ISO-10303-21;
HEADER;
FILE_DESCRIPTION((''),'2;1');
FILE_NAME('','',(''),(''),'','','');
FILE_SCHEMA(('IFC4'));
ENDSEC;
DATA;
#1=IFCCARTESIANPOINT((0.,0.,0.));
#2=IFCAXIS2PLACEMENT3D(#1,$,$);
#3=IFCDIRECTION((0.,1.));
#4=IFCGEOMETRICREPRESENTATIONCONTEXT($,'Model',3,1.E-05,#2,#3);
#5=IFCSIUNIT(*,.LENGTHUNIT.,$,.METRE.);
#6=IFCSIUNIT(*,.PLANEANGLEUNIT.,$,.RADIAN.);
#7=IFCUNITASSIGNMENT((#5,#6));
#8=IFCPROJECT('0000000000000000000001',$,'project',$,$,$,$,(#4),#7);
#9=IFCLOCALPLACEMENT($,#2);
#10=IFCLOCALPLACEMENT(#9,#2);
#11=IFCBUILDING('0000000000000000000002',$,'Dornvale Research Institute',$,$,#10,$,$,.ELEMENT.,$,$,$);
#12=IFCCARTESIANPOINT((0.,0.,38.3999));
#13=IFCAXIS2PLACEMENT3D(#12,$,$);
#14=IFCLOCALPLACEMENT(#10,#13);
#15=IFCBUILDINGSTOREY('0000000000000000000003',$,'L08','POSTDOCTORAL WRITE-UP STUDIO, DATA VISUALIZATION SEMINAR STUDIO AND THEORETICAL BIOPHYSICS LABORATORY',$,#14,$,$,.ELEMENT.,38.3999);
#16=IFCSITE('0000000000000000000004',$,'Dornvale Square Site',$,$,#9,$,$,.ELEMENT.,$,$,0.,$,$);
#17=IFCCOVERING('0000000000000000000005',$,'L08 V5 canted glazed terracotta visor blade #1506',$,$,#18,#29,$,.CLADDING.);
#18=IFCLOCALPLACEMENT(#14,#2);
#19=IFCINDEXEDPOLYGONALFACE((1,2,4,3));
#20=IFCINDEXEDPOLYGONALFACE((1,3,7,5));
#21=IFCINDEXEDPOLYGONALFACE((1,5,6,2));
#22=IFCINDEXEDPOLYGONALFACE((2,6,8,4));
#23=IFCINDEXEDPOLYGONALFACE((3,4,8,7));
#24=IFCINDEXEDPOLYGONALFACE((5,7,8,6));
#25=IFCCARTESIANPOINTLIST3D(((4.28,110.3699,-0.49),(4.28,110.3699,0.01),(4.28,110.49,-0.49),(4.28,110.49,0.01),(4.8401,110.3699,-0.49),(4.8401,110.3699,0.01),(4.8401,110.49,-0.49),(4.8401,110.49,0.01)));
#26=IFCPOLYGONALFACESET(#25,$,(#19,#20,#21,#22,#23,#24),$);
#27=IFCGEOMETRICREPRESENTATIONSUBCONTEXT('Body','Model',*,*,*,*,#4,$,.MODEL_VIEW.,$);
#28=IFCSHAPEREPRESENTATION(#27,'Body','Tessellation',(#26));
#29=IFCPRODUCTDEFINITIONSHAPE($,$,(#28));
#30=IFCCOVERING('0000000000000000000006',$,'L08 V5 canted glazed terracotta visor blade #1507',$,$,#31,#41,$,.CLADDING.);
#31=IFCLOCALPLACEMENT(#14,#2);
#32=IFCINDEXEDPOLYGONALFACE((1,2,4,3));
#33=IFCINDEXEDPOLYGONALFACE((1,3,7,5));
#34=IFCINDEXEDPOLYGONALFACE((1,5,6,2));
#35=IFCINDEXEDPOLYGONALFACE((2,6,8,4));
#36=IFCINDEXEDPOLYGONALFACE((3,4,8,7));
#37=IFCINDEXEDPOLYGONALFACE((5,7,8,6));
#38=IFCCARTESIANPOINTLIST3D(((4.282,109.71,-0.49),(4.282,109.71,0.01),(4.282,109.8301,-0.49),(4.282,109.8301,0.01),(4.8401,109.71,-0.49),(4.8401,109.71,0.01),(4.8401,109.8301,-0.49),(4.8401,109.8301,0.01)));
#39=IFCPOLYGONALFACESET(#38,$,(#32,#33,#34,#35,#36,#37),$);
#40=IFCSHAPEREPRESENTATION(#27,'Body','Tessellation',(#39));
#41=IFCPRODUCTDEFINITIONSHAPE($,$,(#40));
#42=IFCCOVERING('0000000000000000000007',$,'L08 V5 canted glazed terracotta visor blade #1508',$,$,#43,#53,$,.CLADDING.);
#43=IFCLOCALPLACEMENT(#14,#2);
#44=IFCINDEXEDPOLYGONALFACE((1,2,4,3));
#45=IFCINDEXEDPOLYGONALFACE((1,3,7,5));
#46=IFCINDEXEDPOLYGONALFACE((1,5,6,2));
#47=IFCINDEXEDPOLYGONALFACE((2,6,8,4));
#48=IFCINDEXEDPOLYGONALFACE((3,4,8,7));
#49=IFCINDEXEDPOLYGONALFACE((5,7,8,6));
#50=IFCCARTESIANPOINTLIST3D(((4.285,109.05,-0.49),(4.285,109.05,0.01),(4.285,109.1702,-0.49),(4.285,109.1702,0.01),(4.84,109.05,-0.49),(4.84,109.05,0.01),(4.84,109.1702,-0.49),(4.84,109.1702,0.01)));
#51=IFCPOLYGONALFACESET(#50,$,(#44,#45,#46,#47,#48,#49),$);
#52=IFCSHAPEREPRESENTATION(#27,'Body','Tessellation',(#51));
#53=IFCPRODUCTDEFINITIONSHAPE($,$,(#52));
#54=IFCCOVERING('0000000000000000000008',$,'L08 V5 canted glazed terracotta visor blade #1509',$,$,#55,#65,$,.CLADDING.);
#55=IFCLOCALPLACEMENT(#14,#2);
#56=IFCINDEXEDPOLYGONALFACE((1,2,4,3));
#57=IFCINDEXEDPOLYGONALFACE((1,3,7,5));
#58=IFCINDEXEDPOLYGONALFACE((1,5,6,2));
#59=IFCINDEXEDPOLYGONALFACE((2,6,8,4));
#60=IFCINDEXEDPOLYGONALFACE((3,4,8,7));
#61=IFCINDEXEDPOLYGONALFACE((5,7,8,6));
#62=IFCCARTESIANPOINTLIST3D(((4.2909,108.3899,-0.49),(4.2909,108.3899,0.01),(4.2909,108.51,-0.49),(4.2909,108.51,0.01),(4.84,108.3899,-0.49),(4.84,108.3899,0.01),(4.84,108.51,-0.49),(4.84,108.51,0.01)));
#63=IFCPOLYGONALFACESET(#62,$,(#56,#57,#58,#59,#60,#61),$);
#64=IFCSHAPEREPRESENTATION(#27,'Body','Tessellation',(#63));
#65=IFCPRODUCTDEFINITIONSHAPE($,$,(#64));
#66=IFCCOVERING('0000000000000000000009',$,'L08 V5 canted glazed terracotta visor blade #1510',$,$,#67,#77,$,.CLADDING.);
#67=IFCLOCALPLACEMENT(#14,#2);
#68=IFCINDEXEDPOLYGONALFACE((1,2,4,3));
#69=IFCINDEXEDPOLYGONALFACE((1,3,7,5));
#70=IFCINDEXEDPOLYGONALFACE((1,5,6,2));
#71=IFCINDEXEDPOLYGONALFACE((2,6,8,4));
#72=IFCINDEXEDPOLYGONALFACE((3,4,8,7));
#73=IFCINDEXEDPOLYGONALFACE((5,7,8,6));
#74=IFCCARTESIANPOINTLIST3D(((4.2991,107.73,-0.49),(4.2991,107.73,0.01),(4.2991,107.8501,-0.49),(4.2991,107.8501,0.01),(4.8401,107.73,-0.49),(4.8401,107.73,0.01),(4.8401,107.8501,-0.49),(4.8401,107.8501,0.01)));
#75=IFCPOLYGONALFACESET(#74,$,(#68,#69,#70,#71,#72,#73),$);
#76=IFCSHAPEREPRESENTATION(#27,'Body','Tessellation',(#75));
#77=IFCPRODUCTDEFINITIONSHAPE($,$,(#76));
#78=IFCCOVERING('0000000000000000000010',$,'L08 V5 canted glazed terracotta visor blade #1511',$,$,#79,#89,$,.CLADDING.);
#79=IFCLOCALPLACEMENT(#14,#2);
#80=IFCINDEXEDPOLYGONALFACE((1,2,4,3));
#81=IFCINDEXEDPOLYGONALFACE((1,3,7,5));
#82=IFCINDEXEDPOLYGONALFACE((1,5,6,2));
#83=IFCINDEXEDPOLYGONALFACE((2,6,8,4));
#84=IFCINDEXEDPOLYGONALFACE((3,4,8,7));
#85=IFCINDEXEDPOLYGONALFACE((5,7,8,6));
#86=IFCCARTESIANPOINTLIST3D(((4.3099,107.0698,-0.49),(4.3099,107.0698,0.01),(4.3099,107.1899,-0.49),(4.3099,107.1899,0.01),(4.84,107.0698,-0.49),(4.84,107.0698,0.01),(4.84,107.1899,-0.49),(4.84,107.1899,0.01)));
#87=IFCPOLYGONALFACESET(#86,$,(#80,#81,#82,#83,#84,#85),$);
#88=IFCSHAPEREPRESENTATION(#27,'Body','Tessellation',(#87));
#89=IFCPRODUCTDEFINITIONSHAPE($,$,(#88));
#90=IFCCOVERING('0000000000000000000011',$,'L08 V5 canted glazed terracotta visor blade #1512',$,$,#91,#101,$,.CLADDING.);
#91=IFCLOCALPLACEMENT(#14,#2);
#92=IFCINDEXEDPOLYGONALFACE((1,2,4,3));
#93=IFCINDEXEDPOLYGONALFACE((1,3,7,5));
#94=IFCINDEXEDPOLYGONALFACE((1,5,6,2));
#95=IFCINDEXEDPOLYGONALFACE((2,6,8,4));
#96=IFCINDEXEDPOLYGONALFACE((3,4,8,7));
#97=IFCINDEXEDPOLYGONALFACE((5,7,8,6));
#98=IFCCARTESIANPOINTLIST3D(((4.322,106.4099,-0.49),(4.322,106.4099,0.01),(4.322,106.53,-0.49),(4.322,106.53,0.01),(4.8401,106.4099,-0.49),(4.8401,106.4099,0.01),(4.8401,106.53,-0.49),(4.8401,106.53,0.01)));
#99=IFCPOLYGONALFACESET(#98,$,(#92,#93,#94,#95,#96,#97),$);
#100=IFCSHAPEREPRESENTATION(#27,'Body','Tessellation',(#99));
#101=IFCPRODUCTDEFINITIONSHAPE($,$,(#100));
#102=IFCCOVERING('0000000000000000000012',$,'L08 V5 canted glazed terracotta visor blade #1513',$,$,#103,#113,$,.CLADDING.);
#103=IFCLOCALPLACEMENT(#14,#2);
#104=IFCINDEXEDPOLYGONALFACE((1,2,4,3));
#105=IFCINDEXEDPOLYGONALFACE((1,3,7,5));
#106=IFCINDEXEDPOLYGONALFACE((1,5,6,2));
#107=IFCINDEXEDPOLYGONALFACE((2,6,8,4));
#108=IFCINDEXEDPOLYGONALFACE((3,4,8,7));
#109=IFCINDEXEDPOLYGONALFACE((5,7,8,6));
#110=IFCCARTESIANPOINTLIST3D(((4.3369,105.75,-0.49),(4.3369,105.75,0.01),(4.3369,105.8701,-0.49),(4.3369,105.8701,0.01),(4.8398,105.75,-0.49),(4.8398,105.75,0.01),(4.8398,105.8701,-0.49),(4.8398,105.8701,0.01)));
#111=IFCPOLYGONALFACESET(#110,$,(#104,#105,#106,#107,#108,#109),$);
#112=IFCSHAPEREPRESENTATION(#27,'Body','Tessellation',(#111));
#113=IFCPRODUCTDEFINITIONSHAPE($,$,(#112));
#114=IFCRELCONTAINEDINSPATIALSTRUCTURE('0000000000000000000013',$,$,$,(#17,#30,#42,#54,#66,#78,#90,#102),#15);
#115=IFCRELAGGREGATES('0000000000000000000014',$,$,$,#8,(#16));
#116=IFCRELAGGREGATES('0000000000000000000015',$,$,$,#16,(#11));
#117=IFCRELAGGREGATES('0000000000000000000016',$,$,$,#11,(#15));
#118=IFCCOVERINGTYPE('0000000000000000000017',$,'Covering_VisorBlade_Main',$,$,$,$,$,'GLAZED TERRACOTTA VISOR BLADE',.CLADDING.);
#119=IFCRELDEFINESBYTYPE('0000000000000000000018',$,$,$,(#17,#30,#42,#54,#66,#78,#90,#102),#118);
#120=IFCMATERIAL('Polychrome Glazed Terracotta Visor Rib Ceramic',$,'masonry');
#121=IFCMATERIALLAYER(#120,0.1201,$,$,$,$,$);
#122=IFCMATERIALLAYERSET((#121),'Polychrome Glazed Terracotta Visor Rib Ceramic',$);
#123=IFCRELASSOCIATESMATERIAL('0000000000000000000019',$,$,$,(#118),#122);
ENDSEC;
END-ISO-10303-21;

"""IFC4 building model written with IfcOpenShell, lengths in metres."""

from ifc_helpers import new_model, si_unit, direction, frame, origin, origin_2d, place, context, subcontext, project, spatial, rectangle, extrude, material, layer, layer_set, type_object, element, save


model = new_model("IFC4")

# Units and contexts
model_context = context("Model", 3, precision=1e-05, world=origin(), true_north=direction((0.0, 1.0)))
body_context = subcontext(model_context, "Body", "Model", "MODEL_VIEW")
ifc_project = project(units=[si_unit("LENGTHUNIT", "METRE"), si_unit("PLANEANGLEUNIT", "RADIAN")], contexts=[model_context])

# Site, building, storey
site_placement = place(None, origin())
site = spatial("IfcSite", under=ifc_project, at=site_placement, Name="Dornvale Square Site", CompositionType="ELEMENT", RefElevation=0.0)
building_placement = place(site_placement, origin())
building = spatial("IfcBuilding", under=site, at=building_placement, Name="Dornvale Research Institute", CompositionType="ELEMENT")
storey_placement = place(building_placement, frame((0.0, 0.0, 38.3999)))
storey = spatial("IfcBuildingStorey", under=building, at=storey_placement, Name="L08", Description="POSTDOCTORAL WRITE-UP STUDIO, DATA VISUALIZATION SEMINAR STUDIO AND THEORETICAL BIOPHYSICS LABORATORY", CompositionType="ELEMENT", Elevation=38.3999)

# Coverings
ifc_material_1 = material(Name="Polychrome Glazed Terracotta Visor Rib Ceramic", Category="masonry")
ifc_layer_1 = layer(ifc_material_1, 0.1201)
ifc_layer_set_1 = layer_set([ifc_layer_1], Name="Polychrome Glazed Terracotta Visor Rib Ceramic")
covering_type = type_object("IfcCoveringType", Name="Covering_VisorBlade_Main", ElementType="GLAZED TERRACOTTA VISOR BLADE", PredefinedType="CLADDING", material=ifc_layer_set_1)
covering_1_placement = place(storey_placement, frame((4.5601, 110.4299, -0.49), z_axis=(0.0, 0.0, 1.0), x_axis=(1.0, 0.0, 0.0)))
element("IfcCovering", 1, at=covering_1_placement, inside=storey, type_object=covering_type, Name="L08 V5 canted glazed terracotta visor blade #1506", PredefinedType="CLADDING", context=body_context, shape_type="SweptSolid", body=[
    extrude(rectangle(XDim=0.5601, YDim=0.1201, at=origin_2d()), origin(), (0.0, 0.0, 1.0), 0.5),
])
covering_2_placement = place(storey_placement, frame((4.561, 109.77, -0.49), z_axis=(0.0, 0.0, 1.0), x_axis=(1.0, 0.0, 0.0)))
element("IfcCovering", 2, at=covering_2_placement, inside=storey, type_object=covering_type, Name="L08 V5 canted glazed terracotta visor blade #1507", PredefinedType="CLADDING", context=body_context, shape_type="SweptSolid", body=[
    extrude(rectangle(XDim=0.5581, YDim=0.1201, at=origin_2d()), origin(), (0.0, 0.0, 1.0), 0.5),
])
covering_3_placement = place(storey_placement, frame((4.5625, 109.1101, -0.49), z_axis=(0.0, 0.0, 1.0), x_axis=(1.0, 0.0, 0.0)))
element("IfcCovering", 3, at=covering_3_placement, inside=storey, type_object=covering_type, Name="L08 V5 canted glazed terracotta visor blade #1508", PredefinedType="CLADDING", context=body_context, shape_type="SweptSolid", body=[
    extrude(rectangle(XDim=0.5549, YDim=0.1201, at=origin_2d()), origin(), (0.0, 0.0, 1.0), 0.5),
])
covering_4_placement = place(storey_placement, frame((4.5654, 108.45, -0.49), z_axis=(0.0, 0.0, 1.0), x_axis=(1.0, 0.0, 0.0)))
element("IfcCovering", 4, at=covering_4_placement, inside=storey, type_object=covering_type, Name="L08 V5 canted glazed terracotta visor blade #1509", PredefinedType="CLADDING", context=body_context, shape_type="SweptSolid", body=[
    extrude(rectangle(XDim=0.5491, YDim=0.1201, at=origin_2d()), origin(), (0.0, 0.0, 1.0), 0.5),
])
covering_5_placement = place(storey_placement, frame((4.5696, 107.79, -0.49), z_axis=(0.0, 0.0, 1.0), x_axis=(1.0, 0.0, 0.0)))
element("IfcCovering", 5, at=covering_5_placement, inside=storey, type_object=covering_type, Name="L08 V5 canted glazed terracotta visor blade #1510", PredefinedType="CLADDING", context=body_context, shape_type="SweptSolid", body=[
    extrude(rectangle(XDim=0.541, YDim=0.1201, at=origin_2d()), origin(), (0.0, 0.0, 1.0), 0.5),
])
covering_6_placement = place(storey_placement, frame((4.575, 107.1299, -0.49), z_axis=(0.0, 0.0, 1.0), x_axis=(1.0, 0.0, 0.0)))
element("IfcCovering", 6, at=covering_6_placement, inside=storey, type_object=covering_type, Name="L08 V5 canted glazed terracotta visor blade #1511", PredefinedType="CLADDING", context=body_context, shape_type="SweptSolid", body=[
    extrude(rectangle(XDim=0.53, YDim=0.1201, at=origin_2d()), origin(), (0.0, 0.0, 1.0), 0.5),
])
covering_7_placement = place(storey_placement, frame((4.5811, 106.47, -0.49), z_axis=(0.0, 0.0, 1.0), x_axis=(1.0, 0.0, 0.0)))
element("IfcCovering", 7, at=covering_7_placement, inside=storey, type_object=covering_type, Name="L08 V5 canted glazed terracotta visor blade #1512", PredefinedType="CLADDING", context=body_context, shape_type="SweptSolid", body=[
    extrude(rectangle(XDim=0.5181, YDim=0.1201, at=origin_2d()), origin(), (0.0, 0.0, 1.0), 0.5),
])
covering_8_placement = place(storey_placement, frame((4.5884, 105.8101, -0.49), z_axis=(0.0, 0.0, 1.0), x_axis=(1.0, 0.0, 0.0)))
element("IfcCovering", 8, at=covering_8_placement, inside=storey, type_object=covering_type, Name="L08 V5 canted glazed terracotta visor blade #1513", PredefinedType="CLADDING", context=body_context, shape_type="SweptSolid", body=[
    extrude(rectangle(XDim=0.5029, YDim=0.1201, at=origin_2d()), origin(), (0.0, 0.0, 1.0), 0.5),
])

save(model, "model.ifc")
